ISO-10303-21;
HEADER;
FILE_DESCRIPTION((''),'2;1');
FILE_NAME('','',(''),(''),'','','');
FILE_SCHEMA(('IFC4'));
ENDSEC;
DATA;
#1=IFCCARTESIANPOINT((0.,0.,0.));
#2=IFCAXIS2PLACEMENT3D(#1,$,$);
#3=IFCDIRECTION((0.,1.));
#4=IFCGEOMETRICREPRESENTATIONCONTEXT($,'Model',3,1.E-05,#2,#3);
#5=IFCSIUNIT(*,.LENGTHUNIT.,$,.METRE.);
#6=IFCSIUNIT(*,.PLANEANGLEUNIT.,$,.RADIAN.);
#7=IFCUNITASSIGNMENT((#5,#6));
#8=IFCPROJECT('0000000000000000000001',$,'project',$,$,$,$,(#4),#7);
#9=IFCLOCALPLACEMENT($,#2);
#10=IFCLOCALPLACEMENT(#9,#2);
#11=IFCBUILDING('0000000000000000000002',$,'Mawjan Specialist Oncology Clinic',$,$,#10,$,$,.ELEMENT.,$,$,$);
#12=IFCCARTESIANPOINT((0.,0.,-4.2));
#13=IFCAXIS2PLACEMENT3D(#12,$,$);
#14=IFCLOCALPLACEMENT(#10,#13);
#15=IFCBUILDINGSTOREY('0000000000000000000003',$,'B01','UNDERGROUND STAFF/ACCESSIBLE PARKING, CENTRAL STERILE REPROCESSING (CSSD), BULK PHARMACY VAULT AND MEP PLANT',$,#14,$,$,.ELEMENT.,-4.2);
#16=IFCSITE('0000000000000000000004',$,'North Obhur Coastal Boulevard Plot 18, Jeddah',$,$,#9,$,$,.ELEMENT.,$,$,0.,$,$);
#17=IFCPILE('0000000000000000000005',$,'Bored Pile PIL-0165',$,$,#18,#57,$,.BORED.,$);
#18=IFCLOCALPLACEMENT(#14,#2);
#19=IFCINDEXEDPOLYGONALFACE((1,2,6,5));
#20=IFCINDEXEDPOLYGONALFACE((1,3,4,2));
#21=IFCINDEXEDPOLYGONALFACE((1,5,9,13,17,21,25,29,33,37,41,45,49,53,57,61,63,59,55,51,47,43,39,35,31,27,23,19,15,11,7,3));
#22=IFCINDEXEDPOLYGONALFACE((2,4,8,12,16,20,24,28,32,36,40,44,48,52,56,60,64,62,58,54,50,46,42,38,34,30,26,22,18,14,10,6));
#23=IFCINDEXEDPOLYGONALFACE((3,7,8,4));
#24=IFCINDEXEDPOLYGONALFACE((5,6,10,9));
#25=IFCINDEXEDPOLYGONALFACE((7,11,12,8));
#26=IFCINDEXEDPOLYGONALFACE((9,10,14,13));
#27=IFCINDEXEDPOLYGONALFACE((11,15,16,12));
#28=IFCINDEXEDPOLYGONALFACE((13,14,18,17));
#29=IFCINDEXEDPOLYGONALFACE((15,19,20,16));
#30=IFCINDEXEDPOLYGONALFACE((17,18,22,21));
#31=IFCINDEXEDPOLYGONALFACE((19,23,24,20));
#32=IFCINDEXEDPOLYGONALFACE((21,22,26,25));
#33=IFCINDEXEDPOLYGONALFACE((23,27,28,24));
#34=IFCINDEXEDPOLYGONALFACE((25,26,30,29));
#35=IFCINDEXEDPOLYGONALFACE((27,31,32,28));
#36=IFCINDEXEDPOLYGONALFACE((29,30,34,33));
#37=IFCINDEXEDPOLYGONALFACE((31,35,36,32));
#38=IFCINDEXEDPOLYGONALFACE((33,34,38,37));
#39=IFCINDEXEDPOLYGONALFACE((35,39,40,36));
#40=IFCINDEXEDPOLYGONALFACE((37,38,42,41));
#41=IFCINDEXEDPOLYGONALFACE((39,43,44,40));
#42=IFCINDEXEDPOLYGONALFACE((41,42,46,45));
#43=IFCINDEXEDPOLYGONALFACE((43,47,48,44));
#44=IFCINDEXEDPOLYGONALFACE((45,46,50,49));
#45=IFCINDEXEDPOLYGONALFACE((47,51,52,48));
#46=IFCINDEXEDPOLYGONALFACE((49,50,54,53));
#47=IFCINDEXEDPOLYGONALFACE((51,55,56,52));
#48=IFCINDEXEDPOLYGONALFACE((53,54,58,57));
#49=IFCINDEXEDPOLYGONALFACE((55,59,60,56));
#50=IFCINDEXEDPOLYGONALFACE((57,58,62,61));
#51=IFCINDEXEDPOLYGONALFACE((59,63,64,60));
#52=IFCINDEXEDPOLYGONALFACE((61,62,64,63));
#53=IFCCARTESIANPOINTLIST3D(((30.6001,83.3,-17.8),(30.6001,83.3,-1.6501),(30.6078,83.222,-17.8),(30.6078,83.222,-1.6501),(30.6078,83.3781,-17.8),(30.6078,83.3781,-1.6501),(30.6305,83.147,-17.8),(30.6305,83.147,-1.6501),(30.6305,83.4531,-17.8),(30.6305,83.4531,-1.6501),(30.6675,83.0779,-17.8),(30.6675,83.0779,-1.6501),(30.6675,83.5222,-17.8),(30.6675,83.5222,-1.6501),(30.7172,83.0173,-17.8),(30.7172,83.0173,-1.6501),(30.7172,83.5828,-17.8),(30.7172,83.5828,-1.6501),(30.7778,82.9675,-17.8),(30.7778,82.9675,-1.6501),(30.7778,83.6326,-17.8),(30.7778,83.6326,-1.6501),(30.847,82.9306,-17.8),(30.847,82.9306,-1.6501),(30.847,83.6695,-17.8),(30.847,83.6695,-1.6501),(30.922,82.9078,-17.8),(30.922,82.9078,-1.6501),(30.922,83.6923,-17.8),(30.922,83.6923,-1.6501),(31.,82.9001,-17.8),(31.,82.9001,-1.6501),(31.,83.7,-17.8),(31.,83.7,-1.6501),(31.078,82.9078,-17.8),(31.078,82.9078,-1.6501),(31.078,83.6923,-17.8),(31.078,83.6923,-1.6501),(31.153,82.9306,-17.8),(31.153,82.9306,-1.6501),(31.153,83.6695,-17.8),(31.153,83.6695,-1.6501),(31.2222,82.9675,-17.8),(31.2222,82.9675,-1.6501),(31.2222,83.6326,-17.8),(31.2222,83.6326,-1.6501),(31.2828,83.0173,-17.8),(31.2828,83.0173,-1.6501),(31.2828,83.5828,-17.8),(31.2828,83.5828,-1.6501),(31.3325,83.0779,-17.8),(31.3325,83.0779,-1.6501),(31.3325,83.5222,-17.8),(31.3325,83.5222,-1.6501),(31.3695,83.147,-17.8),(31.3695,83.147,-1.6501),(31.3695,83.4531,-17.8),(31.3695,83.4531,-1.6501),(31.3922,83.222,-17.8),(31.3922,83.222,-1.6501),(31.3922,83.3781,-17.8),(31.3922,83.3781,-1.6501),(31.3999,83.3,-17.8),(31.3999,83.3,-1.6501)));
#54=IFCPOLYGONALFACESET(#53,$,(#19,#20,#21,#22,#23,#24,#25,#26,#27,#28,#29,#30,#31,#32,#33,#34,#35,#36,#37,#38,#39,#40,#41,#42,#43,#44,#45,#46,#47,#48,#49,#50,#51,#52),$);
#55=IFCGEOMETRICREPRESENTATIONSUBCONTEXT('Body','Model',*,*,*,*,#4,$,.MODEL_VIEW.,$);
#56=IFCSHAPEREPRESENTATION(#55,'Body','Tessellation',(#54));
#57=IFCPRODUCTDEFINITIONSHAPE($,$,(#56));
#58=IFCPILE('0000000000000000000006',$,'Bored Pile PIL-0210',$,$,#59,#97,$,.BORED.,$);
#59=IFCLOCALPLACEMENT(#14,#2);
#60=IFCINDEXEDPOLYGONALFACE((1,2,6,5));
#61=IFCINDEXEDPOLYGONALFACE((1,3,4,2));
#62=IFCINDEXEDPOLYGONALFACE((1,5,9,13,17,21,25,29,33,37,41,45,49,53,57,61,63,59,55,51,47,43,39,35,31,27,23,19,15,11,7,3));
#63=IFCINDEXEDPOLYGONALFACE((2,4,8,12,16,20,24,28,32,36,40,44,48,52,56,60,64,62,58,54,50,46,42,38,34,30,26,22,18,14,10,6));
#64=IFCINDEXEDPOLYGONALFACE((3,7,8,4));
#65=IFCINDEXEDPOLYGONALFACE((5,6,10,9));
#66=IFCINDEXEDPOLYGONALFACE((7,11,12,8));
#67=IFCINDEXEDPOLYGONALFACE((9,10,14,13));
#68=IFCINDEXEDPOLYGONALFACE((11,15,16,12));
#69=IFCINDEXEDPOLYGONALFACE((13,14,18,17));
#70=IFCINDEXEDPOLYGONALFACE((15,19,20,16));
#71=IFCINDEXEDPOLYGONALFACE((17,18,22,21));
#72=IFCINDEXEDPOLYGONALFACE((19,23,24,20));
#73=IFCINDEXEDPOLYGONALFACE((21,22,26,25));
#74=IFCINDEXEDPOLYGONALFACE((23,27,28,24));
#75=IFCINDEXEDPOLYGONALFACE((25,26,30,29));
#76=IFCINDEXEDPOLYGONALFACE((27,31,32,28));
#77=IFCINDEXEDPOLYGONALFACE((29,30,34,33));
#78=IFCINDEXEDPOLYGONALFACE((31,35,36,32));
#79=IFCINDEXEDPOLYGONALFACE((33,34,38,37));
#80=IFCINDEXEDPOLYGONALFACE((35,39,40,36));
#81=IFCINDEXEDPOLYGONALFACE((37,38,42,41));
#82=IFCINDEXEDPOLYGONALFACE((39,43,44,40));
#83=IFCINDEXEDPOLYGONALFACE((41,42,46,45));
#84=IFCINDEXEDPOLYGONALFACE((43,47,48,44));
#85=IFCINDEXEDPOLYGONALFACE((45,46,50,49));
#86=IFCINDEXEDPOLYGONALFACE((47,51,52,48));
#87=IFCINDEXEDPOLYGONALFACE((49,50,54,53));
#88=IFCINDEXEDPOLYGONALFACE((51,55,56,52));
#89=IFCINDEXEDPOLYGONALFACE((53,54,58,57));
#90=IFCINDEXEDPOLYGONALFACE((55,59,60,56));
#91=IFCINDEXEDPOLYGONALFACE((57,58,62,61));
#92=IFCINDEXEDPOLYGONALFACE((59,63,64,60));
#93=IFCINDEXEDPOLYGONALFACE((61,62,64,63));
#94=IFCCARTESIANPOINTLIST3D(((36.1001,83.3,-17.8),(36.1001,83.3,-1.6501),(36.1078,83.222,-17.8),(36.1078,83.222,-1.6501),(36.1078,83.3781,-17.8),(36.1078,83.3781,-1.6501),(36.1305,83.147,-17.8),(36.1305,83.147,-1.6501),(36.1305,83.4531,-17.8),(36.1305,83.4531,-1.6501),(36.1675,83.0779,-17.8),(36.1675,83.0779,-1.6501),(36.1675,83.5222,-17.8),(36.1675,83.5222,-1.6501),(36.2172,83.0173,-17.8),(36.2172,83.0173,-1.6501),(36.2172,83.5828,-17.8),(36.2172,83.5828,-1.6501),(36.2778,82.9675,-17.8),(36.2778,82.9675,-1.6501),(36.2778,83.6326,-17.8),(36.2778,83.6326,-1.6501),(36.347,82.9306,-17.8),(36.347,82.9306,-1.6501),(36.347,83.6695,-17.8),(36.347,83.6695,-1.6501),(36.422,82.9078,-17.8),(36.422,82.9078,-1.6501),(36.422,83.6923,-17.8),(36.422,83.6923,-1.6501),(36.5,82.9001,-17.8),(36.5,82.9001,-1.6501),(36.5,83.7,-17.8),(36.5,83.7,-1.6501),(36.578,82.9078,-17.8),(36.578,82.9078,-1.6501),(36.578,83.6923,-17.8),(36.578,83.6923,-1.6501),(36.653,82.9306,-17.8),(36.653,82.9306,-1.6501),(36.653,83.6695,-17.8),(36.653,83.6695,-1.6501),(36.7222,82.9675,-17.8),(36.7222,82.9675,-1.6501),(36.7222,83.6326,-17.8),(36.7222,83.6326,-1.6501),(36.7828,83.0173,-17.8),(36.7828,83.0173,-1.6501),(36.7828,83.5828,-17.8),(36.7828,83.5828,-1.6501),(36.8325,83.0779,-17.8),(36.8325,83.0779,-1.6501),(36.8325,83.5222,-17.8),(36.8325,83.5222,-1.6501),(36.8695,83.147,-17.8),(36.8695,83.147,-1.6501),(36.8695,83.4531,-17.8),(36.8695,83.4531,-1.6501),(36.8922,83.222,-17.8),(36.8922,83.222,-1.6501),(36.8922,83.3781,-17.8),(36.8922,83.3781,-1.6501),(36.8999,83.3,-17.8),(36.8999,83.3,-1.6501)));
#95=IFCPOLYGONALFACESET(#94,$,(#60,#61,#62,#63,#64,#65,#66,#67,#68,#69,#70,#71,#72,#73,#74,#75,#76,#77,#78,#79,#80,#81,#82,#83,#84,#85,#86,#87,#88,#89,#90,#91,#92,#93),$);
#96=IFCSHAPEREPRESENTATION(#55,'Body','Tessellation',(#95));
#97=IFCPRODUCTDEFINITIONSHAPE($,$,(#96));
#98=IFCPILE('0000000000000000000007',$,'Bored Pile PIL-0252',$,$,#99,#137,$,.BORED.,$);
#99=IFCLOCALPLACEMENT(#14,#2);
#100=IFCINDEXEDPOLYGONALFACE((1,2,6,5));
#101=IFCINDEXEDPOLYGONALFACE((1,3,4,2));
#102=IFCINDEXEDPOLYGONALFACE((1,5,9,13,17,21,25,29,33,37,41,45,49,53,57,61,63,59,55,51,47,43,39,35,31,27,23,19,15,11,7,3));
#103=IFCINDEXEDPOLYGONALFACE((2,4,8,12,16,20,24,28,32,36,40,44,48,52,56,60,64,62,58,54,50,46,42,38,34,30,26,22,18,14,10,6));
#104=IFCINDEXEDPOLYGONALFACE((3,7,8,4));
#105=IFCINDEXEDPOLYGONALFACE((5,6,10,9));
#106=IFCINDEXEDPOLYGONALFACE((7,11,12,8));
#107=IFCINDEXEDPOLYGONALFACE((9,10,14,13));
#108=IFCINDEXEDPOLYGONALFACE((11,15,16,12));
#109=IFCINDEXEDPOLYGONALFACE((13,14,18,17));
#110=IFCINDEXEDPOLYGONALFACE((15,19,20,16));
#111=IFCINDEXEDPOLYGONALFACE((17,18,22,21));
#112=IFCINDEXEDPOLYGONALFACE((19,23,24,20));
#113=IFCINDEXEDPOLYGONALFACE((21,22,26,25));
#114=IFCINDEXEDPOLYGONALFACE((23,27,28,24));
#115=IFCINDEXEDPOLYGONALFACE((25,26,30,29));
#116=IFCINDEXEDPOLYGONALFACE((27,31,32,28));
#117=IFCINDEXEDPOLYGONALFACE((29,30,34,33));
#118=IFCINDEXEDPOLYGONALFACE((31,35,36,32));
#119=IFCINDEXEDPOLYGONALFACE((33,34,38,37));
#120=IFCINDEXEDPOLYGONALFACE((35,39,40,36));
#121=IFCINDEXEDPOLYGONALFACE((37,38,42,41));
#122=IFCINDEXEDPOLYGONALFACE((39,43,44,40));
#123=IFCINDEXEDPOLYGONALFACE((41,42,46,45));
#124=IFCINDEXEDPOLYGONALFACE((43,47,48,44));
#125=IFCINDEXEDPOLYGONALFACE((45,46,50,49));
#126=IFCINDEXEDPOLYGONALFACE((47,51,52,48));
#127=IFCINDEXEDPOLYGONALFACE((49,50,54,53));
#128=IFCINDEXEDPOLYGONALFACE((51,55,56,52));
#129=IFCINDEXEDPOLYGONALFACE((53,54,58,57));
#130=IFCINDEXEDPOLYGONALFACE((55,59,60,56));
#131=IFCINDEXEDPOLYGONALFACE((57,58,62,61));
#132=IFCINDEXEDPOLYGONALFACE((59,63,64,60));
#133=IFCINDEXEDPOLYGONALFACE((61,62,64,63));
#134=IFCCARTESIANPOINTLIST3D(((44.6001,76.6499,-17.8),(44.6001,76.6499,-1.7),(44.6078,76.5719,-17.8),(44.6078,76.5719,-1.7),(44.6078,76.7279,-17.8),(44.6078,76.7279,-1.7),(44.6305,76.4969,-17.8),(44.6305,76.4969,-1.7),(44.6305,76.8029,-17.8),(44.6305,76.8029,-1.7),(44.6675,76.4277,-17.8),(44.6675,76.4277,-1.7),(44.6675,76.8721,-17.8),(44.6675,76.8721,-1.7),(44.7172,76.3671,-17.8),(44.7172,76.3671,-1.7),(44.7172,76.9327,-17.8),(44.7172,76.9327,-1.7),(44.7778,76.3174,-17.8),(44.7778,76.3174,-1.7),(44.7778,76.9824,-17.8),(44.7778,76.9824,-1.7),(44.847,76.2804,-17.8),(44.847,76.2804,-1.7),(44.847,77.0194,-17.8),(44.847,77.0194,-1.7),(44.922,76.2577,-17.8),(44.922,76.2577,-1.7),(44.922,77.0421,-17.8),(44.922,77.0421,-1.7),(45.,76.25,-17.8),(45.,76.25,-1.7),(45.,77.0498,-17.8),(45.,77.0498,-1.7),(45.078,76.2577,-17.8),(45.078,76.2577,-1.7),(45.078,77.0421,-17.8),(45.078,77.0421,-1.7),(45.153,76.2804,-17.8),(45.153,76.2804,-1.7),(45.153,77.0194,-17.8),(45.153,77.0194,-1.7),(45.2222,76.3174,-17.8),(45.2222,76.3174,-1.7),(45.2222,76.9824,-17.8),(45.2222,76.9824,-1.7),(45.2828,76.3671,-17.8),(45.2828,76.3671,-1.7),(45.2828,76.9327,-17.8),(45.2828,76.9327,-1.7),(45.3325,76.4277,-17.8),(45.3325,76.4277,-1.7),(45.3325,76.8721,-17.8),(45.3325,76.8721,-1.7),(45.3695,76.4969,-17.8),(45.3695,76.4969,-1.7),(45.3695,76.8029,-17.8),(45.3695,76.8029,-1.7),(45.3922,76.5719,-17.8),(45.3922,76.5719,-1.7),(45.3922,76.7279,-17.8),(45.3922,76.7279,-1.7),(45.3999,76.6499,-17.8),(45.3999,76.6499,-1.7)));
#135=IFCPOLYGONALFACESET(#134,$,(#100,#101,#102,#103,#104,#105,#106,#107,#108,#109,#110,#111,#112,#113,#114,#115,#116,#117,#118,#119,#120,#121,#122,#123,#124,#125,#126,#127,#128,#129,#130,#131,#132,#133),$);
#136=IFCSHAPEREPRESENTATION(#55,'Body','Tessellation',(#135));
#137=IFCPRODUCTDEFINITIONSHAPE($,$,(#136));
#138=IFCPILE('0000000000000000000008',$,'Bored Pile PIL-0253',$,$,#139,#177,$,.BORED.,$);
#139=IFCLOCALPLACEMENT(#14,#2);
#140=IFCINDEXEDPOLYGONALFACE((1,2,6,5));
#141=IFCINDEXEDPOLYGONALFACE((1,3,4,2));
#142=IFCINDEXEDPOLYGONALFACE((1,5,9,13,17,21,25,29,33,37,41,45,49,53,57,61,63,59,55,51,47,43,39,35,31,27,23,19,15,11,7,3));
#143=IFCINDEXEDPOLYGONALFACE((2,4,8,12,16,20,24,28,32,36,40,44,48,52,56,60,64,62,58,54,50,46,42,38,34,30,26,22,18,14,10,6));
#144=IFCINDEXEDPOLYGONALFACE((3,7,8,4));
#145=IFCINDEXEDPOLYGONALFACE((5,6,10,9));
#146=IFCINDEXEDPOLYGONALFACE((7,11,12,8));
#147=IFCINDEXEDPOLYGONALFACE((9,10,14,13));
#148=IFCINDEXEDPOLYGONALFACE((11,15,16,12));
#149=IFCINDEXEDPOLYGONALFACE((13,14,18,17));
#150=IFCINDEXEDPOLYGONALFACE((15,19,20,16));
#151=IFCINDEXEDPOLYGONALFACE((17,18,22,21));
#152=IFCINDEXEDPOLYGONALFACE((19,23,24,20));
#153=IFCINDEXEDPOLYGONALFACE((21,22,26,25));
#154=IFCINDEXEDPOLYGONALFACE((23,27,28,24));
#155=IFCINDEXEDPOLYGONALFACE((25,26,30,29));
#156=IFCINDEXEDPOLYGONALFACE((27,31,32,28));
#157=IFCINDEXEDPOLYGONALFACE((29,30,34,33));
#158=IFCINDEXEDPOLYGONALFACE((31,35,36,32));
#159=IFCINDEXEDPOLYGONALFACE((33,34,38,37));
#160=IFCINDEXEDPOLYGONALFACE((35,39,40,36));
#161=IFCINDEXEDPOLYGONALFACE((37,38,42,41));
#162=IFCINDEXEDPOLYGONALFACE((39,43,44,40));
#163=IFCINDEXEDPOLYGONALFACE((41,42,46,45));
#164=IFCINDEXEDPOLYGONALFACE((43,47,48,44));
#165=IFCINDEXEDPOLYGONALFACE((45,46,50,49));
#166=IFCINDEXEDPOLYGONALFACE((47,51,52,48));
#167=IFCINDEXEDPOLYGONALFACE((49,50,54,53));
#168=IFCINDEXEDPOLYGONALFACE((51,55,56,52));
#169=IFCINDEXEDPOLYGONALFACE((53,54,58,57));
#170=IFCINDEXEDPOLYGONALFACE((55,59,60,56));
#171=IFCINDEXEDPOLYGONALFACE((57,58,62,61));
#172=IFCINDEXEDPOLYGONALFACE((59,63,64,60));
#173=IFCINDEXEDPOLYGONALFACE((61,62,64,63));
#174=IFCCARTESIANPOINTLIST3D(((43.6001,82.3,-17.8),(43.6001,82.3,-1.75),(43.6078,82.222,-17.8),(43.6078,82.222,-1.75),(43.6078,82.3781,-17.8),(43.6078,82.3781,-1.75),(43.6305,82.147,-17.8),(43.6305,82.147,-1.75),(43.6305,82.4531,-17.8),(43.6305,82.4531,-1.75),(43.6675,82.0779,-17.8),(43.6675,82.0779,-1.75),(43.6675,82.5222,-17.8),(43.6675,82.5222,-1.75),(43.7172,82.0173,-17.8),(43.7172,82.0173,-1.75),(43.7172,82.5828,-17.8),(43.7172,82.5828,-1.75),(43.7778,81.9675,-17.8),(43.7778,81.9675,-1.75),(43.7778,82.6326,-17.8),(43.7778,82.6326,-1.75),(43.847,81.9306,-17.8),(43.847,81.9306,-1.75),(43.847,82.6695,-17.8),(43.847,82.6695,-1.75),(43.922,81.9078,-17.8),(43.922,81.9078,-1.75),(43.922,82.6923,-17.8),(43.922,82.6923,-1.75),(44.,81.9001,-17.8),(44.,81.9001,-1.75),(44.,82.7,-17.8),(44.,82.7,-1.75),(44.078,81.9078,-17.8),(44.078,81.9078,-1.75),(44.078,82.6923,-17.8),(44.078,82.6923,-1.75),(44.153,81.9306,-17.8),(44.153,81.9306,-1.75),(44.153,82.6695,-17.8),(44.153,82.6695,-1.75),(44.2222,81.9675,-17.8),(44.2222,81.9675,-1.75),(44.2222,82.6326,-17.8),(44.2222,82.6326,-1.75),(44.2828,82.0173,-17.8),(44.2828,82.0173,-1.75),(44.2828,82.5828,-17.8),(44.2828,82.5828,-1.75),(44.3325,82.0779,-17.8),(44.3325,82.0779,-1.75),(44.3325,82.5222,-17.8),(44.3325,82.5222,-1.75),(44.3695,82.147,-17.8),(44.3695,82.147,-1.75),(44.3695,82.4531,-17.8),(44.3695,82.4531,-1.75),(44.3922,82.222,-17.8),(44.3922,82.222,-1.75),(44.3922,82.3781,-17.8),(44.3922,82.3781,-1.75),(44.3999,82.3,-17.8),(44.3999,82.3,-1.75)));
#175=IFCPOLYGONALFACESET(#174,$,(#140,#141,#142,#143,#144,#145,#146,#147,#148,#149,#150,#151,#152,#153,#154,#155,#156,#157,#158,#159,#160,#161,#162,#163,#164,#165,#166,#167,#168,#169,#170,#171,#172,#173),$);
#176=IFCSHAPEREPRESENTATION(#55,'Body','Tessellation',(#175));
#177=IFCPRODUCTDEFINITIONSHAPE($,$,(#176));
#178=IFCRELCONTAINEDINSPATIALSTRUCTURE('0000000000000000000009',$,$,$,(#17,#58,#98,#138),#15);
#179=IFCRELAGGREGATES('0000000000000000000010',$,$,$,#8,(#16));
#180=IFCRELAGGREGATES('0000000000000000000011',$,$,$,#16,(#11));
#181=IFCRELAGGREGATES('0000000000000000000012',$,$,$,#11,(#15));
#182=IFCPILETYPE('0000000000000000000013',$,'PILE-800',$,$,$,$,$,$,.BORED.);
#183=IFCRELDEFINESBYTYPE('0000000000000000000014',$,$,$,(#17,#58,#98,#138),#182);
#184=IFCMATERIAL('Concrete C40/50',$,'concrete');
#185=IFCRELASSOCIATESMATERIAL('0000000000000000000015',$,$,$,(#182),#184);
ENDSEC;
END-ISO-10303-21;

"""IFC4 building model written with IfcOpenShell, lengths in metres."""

from ifc_helpers import new_model, si_unit, direction, frame, origin, origin_2d, place, context, subcontext, project, spatial, circle, extrude, material, material_profile, profile_set, type_object, element, save


model = new_model("IFC4")

# Units and contexts
model_context = context("Model", 3, precision=1e-05, world=origin(), true_north=direction((0.0, 1.0)))
body_context = subcontext(model_context, "Body", "Model", "MODEL_VIEW")
ifc_project = project(units=[si_unit("LENGTHUNIT", "METRE"), si_unit("PLANEANGLEUNIT", "RADIAN")], contexts=[model_context])

# Site, building, storey
site_placement = place(None, origin())
site = spatial("IfcSite", under=ifc_project, at=site_placement, Name="North Obhur Coastal Boulevard Plot 18, Jeddah", CompositionType="ELEMENT", RefElevation=0.0)
building_placement = place(site_placement, origin())
building = spatial("IfcBuilding", under=site, at=building_placement, Name="Mawjan Specialist Oncology Clinic", CompositionType="ELEMENT")
storey_placement = place(building_placement, frame((0.0, 0.0, -4.2)))
storey = spatial("IfcBuildingStorey", under=building, at=storey_placement, Name="B01", Description="UNDERGROUND STAFF/ACCESSIBLE PARKING, CENTRAL STERILE REPROCESSING (CSSD), BULK PHARMACY VAULT AND MEP PLANT", CompositionType="ELEMENT", Elevation=-4.2)

# Piles
ifc_material_1 = material(Name="Concrete C40/50", Category="concrete")
ifc_material_profile_1 = material_profile(ifc_material_1, circle(Radius=0.3999, at=origin_2d()), Name="BORED PILE D800", Category="concrete")
ifc_profile_set_1 = profile_set([ifc_material_profile_1], Name="Concrete C40/50")
pile_type_1 = type_object("IfcPileType", Name="PILE-800", PredefinedType="BORED", material=ifc_profile_set_1)
for number, where, z_axis, x_axis, name in (
    (1, (31.0, 83.3, -1.6501), (0.0, 0.0, -1.0), (1.0, 0.0, 0.0), "Bored Pile PIL-0165"),
    (2, (36.5, 83.3, -1.6501), (0.0, 0.0, -1.0), (1.0, 0.0, 0.0), "Bored Pile PIL-0210"),
):
    element("IfcPile", number, at=place(storey_placement, frame(where, z_axis=z_axis, x_axis=x_axis)), inside=storey, type_object=pile_type_1, Name=name, PredefinedType="BORED", context=body_context, shape_type="SweptSolid", body=[
        extrude(circle(Radius=0.3999, at=origin_2d()), origin(), (0.0, 0.0, 1.0), 16.1499),
    ])
pile_placement = place(storey_placement, frame((45.0, 76.6499, -1.7), z_axis=(0.0, 0.0, -1.0), x_axis=(1.0, 0.0, 0.0)))
element("IfcPile", 3, at=pile_placement, inside=storey, type_object=pile_type_1, Name="Bored Pile PIL-0252", PredefinedType="BORED", context=body_context, shape_type="SweptSolid", body=[
    extrude(circle(Radius=0.3999, at=origin_2d()), origin(), (0.0, 0.0, 1.0), 16.1001),
])
for number, where, z_axis, x_axis, name in (
    (4, (44.0, 82.3, -1.75), (0.0, 0.0, -1.0), (1.0, 0.0, 0.0), "Bored Pile PIL-0253"),
):
    element("IfcPile", number, at=place(storey_placement, frame(where, z_axis=z_axis, x_axis=x_axis)), inside=storey, type_object=pile_type_1, Name=name, PredefinedType="BORED", context=body_context, shape_type="SweptSolid", body=[
        extrude(circle(Radius=0.3999, at=origin_2d()), origin(), (0.0, 0.0, 1.0), 16.05),
    ])

save(model, "model.ifc")
